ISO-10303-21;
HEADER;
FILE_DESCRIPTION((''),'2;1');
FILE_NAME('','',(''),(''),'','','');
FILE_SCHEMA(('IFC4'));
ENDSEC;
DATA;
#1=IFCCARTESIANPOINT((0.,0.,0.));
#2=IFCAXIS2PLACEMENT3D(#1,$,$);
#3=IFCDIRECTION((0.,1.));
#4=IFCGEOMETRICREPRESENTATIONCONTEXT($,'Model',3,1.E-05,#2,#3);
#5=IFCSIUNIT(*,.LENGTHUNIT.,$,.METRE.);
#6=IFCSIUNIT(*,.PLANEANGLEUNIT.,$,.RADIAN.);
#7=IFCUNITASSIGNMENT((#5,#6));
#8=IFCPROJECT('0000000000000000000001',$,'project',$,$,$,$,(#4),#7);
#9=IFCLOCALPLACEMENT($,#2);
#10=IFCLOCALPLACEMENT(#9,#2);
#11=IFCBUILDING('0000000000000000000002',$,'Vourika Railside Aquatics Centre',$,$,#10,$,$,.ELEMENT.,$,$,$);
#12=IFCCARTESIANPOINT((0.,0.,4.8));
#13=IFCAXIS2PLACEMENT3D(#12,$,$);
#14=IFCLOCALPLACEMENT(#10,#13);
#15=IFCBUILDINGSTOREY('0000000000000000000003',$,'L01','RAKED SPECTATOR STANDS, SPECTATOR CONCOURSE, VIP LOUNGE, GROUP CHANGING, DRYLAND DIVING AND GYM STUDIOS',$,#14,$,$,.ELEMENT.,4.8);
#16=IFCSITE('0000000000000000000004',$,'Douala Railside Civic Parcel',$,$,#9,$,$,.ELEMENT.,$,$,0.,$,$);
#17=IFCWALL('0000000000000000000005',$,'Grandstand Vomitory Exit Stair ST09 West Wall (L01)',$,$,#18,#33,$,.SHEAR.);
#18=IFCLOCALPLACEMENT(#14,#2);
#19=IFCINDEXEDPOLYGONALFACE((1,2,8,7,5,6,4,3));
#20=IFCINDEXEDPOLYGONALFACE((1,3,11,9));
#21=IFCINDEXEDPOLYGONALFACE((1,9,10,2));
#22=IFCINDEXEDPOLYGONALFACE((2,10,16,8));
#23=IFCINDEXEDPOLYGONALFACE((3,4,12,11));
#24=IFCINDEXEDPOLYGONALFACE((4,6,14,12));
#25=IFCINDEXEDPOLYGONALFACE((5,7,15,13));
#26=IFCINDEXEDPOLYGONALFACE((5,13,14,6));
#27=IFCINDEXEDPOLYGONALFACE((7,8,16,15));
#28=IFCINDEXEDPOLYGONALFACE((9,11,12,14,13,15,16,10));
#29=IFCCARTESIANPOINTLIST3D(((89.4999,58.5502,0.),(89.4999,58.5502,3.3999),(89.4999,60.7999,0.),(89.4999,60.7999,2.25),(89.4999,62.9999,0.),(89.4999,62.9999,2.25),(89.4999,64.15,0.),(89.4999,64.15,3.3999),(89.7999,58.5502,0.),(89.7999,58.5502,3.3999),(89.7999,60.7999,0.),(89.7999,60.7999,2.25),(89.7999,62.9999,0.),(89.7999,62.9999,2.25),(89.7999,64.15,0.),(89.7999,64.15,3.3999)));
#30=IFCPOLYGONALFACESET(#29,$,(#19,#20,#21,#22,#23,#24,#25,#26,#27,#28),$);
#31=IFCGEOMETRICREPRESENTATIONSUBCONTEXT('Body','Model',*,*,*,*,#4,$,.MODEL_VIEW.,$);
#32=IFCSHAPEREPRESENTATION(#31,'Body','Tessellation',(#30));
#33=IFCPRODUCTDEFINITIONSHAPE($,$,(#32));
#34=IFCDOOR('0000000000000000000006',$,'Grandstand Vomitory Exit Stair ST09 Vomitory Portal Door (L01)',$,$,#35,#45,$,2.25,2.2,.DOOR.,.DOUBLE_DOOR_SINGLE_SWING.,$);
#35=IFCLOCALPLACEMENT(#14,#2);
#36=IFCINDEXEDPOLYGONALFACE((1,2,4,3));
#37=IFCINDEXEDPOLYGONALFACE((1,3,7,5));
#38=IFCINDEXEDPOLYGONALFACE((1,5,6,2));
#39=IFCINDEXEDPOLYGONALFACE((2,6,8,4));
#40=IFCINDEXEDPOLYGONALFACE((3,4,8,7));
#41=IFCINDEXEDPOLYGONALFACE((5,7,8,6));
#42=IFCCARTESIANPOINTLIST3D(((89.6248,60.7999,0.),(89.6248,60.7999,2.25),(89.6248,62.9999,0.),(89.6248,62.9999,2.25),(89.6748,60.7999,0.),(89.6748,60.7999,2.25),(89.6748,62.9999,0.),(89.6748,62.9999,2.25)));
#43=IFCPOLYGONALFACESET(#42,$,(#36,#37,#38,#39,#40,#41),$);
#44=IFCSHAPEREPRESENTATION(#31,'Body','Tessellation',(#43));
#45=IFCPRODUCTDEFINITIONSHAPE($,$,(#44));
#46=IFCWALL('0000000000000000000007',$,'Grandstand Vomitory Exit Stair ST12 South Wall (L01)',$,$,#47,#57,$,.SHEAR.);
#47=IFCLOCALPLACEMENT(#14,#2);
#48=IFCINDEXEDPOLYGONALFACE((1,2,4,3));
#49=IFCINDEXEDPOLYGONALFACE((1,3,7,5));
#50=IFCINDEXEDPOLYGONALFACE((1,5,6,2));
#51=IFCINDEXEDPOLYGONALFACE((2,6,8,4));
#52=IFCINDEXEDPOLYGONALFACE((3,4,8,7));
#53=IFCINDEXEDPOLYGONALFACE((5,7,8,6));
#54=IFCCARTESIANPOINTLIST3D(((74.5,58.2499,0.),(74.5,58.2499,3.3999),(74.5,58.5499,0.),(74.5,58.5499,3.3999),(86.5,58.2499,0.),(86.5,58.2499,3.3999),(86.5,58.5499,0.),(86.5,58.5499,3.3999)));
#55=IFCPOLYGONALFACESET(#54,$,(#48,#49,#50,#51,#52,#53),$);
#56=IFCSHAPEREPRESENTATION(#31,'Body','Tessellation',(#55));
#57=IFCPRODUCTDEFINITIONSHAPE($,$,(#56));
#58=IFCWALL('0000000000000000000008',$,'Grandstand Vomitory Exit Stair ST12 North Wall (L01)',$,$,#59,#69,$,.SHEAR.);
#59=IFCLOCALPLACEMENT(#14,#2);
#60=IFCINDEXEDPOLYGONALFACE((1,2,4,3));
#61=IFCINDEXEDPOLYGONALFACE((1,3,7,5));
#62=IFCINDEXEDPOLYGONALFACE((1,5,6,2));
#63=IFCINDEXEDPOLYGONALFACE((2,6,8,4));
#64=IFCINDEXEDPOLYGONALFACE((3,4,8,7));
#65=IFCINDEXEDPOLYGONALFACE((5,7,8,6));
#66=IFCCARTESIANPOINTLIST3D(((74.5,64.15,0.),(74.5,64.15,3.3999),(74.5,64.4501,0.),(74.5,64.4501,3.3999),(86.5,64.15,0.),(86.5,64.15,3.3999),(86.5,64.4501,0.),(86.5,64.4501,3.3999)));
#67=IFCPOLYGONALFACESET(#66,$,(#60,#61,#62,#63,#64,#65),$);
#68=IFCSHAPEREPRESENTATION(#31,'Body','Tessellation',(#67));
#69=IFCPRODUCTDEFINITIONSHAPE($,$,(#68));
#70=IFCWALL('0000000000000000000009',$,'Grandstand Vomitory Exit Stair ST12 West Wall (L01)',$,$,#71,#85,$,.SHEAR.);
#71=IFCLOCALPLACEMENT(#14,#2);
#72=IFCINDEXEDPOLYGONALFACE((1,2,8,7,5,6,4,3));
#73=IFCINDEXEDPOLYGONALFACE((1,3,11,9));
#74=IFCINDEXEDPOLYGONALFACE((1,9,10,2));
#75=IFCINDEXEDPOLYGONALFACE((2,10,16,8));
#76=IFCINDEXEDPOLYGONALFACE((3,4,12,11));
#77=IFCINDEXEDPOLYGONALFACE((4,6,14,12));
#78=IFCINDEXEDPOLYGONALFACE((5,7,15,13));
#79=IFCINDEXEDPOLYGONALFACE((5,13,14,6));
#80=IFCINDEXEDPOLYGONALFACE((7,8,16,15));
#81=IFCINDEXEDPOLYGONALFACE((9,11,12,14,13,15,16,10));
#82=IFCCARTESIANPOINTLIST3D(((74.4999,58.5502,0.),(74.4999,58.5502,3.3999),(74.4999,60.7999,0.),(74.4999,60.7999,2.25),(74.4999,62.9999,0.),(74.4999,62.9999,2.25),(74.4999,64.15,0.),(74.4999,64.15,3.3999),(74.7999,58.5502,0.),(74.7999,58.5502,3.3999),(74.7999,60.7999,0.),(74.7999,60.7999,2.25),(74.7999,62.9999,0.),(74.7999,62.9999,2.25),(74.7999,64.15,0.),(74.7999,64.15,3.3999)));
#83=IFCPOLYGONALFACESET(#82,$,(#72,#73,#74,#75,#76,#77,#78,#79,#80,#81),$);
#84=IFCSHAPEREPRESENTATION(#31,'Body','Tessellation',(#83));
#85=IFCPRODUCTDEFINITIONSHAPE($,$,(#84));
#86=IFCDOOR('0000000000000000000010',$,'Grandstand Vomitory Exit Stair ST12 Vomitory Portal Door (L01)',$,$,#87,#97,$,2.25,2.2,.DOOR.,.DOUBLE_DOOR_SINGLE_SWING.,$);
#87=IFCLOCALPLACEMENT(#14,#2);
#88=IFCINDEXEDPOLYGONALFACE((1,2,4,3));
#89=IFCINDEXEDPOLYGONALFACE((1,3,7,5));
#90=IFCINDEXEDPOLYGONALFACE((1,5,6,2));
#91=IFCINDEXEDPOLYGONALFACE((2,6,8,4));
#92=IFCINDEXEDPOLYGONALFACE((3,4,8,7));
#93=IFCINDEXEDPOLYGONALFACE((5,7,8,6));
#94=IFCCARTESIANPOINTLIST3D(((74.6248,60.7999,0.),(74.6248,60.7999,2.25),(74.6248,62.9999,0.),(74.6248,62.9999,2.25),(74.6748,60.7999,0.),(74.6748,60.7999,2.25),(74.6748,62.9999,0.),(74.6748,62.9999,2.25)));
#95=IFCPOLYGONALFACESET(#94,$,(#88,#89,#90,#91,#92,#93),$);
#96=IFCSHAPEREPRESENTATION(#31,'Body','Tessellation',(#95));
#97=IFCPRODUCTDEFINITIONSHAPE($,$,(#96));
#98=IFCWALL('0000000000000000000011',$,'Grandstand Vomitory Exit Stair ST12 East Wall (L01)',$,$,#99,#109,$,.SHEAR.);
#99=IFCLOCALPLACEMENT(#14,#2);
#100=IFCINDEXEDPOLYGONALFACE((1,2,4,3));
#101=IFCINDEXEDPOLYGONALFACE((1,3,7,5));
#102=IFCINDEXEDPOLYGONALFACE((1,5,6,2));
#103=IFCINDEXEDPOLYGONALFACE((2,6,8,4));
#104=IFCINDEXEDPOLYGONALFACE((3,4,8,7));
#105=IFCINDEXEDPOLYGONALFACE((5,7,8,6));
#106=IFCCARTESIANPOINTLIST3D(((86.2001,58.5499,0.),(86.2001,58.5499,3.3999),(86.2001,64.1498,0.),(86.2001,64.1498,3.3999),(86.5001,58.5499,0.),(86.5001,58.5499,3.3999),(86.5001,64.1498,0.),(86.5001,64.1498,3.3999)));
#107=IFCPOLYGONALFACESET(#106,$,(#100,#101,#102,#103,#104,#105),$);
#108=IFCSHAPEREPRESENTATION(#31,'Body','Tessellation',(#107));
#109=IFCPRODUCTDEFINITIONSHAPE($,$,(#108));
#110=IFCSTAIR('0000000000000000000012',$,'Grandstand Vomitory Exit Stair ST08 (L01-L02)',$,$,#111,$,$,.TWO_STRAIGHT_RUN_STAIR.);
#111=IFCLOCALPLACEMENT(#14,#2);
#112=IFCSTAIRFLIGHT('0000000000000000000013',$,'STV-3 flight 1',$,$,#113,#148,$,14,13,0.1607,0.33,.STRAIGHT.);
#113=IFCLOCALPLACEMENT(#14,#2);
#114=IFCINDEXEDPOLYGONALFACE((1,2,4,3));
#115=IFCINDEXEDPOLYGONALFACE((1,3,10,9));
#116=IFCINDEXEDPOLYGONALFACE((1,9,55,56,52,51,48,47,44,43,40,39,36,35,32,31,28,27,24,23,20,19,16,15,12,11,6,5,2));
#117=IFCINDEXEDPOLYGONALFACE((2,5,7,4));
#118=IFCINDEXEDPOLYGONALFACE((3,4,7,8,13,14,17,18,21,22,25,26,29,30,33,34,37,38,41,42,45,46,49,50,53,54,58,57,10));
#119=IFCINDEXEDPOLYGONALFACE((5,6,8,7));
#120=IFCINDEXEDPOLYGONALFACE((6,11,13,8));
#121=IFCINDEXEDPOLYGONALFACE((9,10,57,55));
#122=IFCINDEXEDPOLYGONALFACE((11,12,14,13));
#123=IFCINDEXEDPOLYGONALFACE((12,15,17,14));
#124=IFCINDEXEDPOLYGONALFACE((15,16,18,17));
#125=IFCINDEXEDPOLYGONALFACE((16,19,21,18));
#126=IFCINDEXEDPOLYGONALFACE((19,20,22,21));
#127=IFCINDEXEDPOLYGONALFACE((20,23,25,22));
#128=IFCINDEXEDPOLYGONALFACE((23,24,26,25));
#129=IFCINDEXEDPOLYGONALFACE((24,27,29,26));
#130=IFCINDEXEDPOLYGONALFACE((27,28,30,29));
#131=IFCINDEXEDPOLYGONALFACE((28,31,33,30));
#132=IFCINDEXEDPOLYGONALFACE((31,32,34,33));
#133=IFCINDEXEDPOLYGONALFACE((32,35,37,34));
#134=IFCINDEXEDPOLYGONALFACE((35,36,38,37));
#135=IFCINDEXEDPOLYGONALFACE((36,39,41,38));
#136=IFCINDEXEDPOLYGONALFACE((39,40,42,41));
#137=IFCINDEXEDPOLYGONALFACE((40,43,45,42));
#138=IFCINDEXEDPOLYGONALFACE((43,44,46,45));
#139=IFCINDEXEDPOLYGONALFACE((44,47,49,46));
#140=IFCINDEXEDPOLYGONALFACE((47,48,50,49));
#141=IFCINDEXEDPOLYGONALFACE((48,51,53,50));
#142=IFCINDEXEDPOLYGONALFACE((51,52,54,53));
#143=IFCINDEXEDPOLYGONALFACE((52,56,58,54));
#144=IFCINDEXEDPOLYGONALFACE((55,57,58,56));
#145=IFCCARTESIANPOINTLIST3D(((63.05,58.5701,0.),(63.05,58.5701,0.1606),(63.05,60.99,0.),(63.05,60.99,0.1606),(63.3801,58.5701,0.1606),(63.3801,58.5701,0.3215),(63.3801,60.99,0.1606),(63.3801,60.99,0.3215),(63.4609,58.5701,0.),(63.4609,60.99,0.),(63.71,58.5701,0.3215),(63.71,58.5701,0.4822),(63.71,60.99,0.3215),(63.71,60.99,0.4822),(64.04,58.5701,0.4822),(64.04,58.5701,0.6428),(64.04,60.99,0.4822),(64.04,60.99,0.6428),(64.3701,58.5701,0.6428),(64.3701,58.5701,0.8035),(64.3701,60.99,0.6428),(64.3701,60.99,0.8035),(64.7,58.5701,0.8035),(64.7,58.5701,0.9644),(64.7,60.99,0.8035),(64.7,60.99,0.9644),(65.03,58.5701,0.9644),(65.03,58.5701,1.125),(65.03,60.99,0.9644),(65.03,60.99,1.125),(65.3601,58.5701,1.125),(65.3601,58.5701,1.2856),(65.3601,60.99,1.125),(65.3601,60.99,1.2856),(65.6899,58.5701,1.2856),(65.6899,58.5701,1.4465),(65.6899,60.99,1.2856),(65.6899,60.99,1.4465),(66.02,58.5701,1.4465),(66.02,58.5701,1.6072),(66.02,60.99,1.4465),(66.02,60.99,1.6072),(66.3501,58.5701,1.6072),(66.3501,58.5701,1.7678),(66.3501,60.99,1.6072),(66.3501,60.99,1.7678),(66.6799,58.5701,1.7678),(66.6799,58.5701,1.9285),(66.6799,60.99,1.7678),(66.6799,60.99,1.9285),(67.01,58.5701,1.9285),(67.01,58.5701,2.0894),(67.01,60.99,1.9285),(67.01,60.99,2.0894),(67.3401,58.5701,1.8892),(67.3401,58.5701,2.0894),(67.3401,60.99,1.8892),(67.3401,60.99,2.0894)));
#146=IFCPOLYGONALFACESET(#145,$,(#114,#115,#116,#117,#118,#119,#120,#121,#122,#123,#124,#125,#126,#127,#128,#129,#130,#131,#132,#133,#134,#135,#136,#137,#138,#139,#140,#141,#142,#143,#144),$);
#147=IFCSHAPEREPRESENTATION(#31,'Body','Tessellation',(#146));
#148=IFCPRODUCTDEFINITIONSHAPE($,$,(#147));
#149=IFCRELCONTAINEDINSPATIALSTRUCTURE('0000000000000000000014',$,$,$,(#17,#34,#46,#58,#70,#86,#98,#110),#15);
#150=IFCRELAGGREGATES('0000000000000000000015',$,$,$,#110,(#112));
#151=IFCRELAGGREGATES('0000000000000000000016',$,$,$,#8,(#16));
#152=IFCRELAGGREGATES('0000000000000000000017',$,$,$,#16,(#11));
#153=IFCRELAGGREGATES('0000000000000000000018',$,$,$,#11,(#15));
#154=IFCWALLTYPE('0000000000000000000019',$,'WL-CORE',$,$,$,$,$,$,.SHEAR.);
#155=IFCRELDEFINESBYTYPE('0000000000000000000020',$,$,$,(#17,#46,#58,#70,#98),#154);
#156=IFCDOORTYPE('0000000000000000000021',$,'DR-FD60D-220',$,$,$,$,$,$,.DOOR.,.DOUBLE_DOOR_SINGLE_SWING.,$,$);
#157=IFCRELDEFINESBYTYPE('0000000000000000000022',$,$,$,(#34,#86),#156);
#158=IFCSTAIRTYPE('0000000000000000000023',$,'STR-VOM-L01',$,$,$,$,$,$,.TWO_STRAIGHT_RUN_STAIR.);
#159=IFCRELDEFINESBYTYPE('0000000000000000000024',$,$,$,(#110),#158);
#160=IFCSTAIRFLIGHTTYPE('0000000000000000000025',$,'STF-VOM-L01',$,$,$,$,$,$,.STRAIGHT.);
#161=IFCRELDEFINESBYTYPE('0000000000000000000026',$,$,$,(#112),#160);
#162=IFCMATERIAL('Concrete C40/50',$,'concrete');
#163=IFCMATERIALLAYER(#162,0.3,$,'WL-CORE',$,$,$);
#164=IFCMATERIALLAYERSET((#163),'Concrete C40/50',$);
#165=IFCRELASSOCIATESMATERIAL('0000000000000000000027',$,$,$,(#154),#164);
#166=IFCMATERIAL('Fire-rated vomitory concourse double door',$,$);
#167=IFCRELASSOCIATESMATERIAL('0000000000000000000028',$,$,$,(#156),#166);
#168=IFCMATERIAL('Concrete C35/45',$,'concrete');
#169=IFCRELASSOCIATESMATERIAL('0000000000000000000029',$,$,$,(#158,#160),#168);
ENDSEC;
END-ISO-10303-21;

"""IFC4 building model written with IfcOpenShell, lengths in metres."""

from ifc_helpers import new_model, si_unit, direction, frame, frame_2d, origin, place, context, subcontext, project, spatial, polyline, rectangle, outline, extrude, material, layer, layer_set, type_object, element, fill, aggregate, save


model = new_model("IFC4")

# Units and contexts
model_context = context("Model", 3, precision=1e-05, world=origin(), true_north=direction((0.0, 1.0)))
body_context = subcontext(model_context, "Body", "Model", "MODEL_VIEW")
ifc_project = project(units=[si_unit("LENGTHUNIT", "METRE"), si_unit("PLANEANGLEUNIT", "RADIAN")], contexts=[model_context])

# Site, building, storey
site_placement = place(None, origin())
site = spatial("IfcSite", under=ifc_project, at=site_placement, Name="Douala Railside Civic Parcel", CompositionType="ELEMENT", RefElevation=0.0)
building_placement = place(site_placement, origin())
building = spatial("IfcBuilding", under=site, at=building_placement, Name="Vourika Railside Aquatics Centre", CompositionType="ELEMENT")
storey_placement = place(building_placement, frame((0.0, 0.0, 4.8)))
storey = spatial("IfcBuildingStorey", under=building, at=storey_placement, Name="L01", Description="RAKED SPECTATOR STANDS, SPECTATOR CONCOURSE, VIP LOUNGE, GROUP CHANGING, DRYLAND DIVING AND GYM STUDIOS", CompositionType="ELEMENT", Elevation=4.8)

# Shared definitions
ifc_material_1 = material(Name="Concrete C35/45", Category="concrete")
ifc_material_2 = material(Name="Concrete C40/50", Category="concrete")

# Shared definitions
ifc_layer = layer(ifc_material_2, 0.3, Name="WL-CORE")
ifc_layer_set = layer_set([ifc_layer], Name="Concrete C40/50")
wall_type = type_object("IfcWallType", Name="WL-CORE", PredefinedType="SHEAR", material=ifc_layer_set)

# Wall, opening, door
wall_1_placement = place(storey_placement, frame((89.6499, 64.1499, 0.0), z_axis=(0.0, 0.0, 1.0), x_axis=(0.0, -1.0, 0.0)))
wall_1 = element("IfcWall", 1, at=wall_1_placement, inside=storey, type_object=wall_type, Name="Grandstand Vomitory Exit Stair ST09 West Wall (L01)", PredefinedType="SHEAR", context=body_context, shape_type="SweptSolid", body=[
    extrude(rectangle(XDim=5.5999, YDim=0.3, at=frame_2d((2.7998, 0.0))), origin(), (0.0, 0.0, 1.0), 3.3999),
])
opening_1_placement = place(wall_1_placement, frame((1.1499, 0.0, 0.0)))
opening_1 = element("IfcOpeningElement", 2, at=opening_1_placement, cuts=wall_1, PredefinedType="OPENING", context=body_context, shape_type="SweptSolid", body=[
    extrude(rectangle(XDim=2.2, YDim=2.25, at=frame_2d((1.1001, 1.125))), frame((0.0, 0.1602, 0.0), z_axis=(0.0, -1.0, 0.0), x_axis=(1.0, 0.0, 0.0)), (0.0, 0.0, 1.0), 0.3201),
])
ifc_material_3 = material(Name="Fire-rated vomitory concourse double door")
door_type = type_object("IfcDoorType", Name="DR-FD60D-220", OperationType="DOUBLE_DOOR_SINGLE_SWING", PredefinedType="DOOR", material=ifc_material_3)
door_1_placement = place(opening_1_placement, origin())
door_1 = element("IfcDoor", 3, at=door_1_placement, inside=storey, type_object=door_type, Name="Grandstand Vomitory Exit Stair ST09 Vomitory Portal Door (L01)", OperationType="DOUBLE_DOOR_SINGLE_SWING", OverallHeight=2.25, OverallWidth=2.2, PredefinedType="DOOR", context=body_context, shape_type="SweptSolid", body=[
    extrude(rectangle(XDim=2.2, YDim=2.25, at=frame_2d((1.1001, 1.125))), frame((0.0, 0.0249, 0.0), z_axis=(0.0, -1.0, 0.0), x_axis=(1.0, 0.0, 0.0)), (0.0, 0.0, 1.0), 0.05),
])
fill(opening_1, door_1)

# Walls
for number, where, z_axis, x_axis, name in (
    (4, (74.5, 58.3999, 0.0), (0.0, 0.0, 1.0), (1.0, 0.0, 0.0), "Grandstand Vomitory Exit Stair ST12 South Wall (L01)"),
    (5, (86.5, 64.3, 0.0), (0.0, 0.0, 1.0), (-1.0, 0.0, 0.0), "Grandstand Vomitory Exit Stair ST12 North Wall (L01)"),
):
    element("IfcWall", number, at=place(storey_placement, frame(where, z_axis=z_axis, x_axis=x_axis)), inside=storey, type_object=wall_type, Name=name, PredefinedType="SHEAR", context=body_context, shape_type="SweptSolid", body=[
        extrude(rectangle(XDim=12.0, YDim=0.3, at=frame_2d((6.0, 0.0))), origin(), (0.0, 0.0, 1.0), 3.3999),
    ])

# Wall, opening, door
wall_2_placement = place(storey_placement, frame((74.6499, 64.1499, 0.0), z_axis=(0.0, 0.0, 1.0), x_axis=(0.0, -1.0, 0.0)))
wall_2 = element("IfcWall", 6, at=wall_2_placement, inside=storey, type_object=wall_type, Name="Grandstand Vomitory Exit Stair ST12 West Wall (L01)", PredefinedType="SHEAR", context=body_context, shape_type="SweptSolid", body=[
    extrude(rectangle(XDim=5.5999, YDim=0.3, at=frame_2d((2.7998, 0.0))), origin(), (0.0, 0.0, 1.0), 3.3999),
])
opening_2_placement = place(wall_2_placement, frame((1.1499, 0.0, 0.0)))
opening_2 = element("IfcOpeningElement", 7, at=opening_2_placement, cuts=wall_2, PredefinedType="OPENING", context=body_context, shape_type="SweptSolid", body=[
    extrude(rectangle(XDim=2.2, YDim=2.25, at=frame_2d((1.1001, 1.125))), frame((0.0, 0.1602, 0.0), z_axis=(0.0, -1.0, 0.0), x_axis=(1.0, 0.0, 0.0)), (0.0, 0.0, 1.0), 0.3201),
])
door_2_placement = place(opening_2_placement, origin())
door_2 = element("IfcDoor", 8, at=door_2_placement, inside=storey, type_object=door_type, Name="Grandstand Vomitory Exit Stair ST12 Vomitory Portal Door (L01)", OperationType="DOUBLE_DOOR_SINGLE_SWING", OverallHeight=2.25, OverallWidth=2.2, PredefinedType="DOOR", context=body_context, shape_type="SweptSolid", body=[
    extrude(rectangle(XDim=2.2, YDim=2.25, at=frame_2d((1.1001, 1.125))), frame((0.0, 0.0249, 0.0), z_axis=(0.0, -1.0, 0.0), x_axis=(1.0, 0.0, 0.0)), (0.0, 0.0, 1.0), 0.05),
])
fill(opening_2, door_2)

# Wall
wall_3_placement = place(storey_placement, frame((86.3501, 58.55, 0.0), z_axis=(0.0, 0.0, 1.0), x_axis=(0.0, 1.0, 0.0)))
element("IfcWall", 9, at=wall_3_placement, inside=storey, type_object=wall_type, Name="Grandstand Vomitory Exit Stair ST12 East Wall (L01)", PredefinedType="SHEAR", context=body_context, shape_type="SweptSolid", body=[
    extrude(rectangle(XDim=5.5999, YDim=0.3, at=frame_2d((2.7998, 0.0))), origin(), (0.0, 0.0, 1.0), 3.3999),
])

# Stair, stair flight
stair_type = type_object("IfcStairType", Name="STR-VOM-L01", PredefinedType="TWO_STRAIGHT_RUN_STAIR", material=ifc_material_1)
stair_placement = place(storey_placement, origin())
stair = element("IfcStair", 10, at=stair_placement, inside=storey, type_object=stair_type, Name="Grandstand Vomitory Exit Stair ST08 (L01-L02)", PredefinedType="TWO_STRAIGHT_RUN_STAIR")
stair_flight_type = type_object("IfcStairFlightType", Name="STF-VOM-L01", PredefinedType="STRAIGHT", material=ifc_material_1)
stair_flight_1_placement = place(storey_placement, frame((63.05, 59.78, 0.0), z_axis=(0.0, 0.0, 1.0), x_axis=(1.0, 0.0, 0.0)))
stair_flight_1 = element("IfcStairFlight", 11, at=stair_flight_1_placement, type_object=stair_flight_type, Name="STV-3 flight 1", NumberOfRisers=14, NumberOfTreads=13, PredefinedType="STRAIGHT", RiserHeight=0.1607, TreadLength=0.33, context=body_context, shape_type="SweptSolid", body=[
    extrude(outline(polyline([(0.0, 0.0), (0.0, 0.1606), (0.3301, 0.1606), (0.3301, 0.3215), (0.6599, 0.3215), (0.6599, 0.4822), (0.99, 0.4822), (0.99, 0.6428), (1.3201, 0.6428), (1.3201, 0.8035), (1.6499, 0.8035), (1.6499, 0.9644), (1.98, 0.9644), (1.98, 1.125), (2.3101, 1.125), (2.3101, 1.2856), (2.6399, 1.2856), (2.6399, 1.4465), (2.97, 1.4465), (2.97, 1.6072), (3.3, 1.6072), (3.3, 1.7678), (3.6299, 1.7678), (3.6299, 1.9285), (3.96, 1.9285), (3.96, 2.0894), (4.29, 2.0894), (4.29, 2.25), (4.29, 1.8892), (0.4109, 0.0), (0.0, 0.0)])), frame((0.0, 1.21, 0.0), z_axis=(0.0, -1.0, 0.0), x_axis=(1.0, 0.0, 0.0)), (0.0, 0.0, 1.0), 2.4199),
])
aggregate(stair, [stair_flight_1])

save(model, "model.ifc")
